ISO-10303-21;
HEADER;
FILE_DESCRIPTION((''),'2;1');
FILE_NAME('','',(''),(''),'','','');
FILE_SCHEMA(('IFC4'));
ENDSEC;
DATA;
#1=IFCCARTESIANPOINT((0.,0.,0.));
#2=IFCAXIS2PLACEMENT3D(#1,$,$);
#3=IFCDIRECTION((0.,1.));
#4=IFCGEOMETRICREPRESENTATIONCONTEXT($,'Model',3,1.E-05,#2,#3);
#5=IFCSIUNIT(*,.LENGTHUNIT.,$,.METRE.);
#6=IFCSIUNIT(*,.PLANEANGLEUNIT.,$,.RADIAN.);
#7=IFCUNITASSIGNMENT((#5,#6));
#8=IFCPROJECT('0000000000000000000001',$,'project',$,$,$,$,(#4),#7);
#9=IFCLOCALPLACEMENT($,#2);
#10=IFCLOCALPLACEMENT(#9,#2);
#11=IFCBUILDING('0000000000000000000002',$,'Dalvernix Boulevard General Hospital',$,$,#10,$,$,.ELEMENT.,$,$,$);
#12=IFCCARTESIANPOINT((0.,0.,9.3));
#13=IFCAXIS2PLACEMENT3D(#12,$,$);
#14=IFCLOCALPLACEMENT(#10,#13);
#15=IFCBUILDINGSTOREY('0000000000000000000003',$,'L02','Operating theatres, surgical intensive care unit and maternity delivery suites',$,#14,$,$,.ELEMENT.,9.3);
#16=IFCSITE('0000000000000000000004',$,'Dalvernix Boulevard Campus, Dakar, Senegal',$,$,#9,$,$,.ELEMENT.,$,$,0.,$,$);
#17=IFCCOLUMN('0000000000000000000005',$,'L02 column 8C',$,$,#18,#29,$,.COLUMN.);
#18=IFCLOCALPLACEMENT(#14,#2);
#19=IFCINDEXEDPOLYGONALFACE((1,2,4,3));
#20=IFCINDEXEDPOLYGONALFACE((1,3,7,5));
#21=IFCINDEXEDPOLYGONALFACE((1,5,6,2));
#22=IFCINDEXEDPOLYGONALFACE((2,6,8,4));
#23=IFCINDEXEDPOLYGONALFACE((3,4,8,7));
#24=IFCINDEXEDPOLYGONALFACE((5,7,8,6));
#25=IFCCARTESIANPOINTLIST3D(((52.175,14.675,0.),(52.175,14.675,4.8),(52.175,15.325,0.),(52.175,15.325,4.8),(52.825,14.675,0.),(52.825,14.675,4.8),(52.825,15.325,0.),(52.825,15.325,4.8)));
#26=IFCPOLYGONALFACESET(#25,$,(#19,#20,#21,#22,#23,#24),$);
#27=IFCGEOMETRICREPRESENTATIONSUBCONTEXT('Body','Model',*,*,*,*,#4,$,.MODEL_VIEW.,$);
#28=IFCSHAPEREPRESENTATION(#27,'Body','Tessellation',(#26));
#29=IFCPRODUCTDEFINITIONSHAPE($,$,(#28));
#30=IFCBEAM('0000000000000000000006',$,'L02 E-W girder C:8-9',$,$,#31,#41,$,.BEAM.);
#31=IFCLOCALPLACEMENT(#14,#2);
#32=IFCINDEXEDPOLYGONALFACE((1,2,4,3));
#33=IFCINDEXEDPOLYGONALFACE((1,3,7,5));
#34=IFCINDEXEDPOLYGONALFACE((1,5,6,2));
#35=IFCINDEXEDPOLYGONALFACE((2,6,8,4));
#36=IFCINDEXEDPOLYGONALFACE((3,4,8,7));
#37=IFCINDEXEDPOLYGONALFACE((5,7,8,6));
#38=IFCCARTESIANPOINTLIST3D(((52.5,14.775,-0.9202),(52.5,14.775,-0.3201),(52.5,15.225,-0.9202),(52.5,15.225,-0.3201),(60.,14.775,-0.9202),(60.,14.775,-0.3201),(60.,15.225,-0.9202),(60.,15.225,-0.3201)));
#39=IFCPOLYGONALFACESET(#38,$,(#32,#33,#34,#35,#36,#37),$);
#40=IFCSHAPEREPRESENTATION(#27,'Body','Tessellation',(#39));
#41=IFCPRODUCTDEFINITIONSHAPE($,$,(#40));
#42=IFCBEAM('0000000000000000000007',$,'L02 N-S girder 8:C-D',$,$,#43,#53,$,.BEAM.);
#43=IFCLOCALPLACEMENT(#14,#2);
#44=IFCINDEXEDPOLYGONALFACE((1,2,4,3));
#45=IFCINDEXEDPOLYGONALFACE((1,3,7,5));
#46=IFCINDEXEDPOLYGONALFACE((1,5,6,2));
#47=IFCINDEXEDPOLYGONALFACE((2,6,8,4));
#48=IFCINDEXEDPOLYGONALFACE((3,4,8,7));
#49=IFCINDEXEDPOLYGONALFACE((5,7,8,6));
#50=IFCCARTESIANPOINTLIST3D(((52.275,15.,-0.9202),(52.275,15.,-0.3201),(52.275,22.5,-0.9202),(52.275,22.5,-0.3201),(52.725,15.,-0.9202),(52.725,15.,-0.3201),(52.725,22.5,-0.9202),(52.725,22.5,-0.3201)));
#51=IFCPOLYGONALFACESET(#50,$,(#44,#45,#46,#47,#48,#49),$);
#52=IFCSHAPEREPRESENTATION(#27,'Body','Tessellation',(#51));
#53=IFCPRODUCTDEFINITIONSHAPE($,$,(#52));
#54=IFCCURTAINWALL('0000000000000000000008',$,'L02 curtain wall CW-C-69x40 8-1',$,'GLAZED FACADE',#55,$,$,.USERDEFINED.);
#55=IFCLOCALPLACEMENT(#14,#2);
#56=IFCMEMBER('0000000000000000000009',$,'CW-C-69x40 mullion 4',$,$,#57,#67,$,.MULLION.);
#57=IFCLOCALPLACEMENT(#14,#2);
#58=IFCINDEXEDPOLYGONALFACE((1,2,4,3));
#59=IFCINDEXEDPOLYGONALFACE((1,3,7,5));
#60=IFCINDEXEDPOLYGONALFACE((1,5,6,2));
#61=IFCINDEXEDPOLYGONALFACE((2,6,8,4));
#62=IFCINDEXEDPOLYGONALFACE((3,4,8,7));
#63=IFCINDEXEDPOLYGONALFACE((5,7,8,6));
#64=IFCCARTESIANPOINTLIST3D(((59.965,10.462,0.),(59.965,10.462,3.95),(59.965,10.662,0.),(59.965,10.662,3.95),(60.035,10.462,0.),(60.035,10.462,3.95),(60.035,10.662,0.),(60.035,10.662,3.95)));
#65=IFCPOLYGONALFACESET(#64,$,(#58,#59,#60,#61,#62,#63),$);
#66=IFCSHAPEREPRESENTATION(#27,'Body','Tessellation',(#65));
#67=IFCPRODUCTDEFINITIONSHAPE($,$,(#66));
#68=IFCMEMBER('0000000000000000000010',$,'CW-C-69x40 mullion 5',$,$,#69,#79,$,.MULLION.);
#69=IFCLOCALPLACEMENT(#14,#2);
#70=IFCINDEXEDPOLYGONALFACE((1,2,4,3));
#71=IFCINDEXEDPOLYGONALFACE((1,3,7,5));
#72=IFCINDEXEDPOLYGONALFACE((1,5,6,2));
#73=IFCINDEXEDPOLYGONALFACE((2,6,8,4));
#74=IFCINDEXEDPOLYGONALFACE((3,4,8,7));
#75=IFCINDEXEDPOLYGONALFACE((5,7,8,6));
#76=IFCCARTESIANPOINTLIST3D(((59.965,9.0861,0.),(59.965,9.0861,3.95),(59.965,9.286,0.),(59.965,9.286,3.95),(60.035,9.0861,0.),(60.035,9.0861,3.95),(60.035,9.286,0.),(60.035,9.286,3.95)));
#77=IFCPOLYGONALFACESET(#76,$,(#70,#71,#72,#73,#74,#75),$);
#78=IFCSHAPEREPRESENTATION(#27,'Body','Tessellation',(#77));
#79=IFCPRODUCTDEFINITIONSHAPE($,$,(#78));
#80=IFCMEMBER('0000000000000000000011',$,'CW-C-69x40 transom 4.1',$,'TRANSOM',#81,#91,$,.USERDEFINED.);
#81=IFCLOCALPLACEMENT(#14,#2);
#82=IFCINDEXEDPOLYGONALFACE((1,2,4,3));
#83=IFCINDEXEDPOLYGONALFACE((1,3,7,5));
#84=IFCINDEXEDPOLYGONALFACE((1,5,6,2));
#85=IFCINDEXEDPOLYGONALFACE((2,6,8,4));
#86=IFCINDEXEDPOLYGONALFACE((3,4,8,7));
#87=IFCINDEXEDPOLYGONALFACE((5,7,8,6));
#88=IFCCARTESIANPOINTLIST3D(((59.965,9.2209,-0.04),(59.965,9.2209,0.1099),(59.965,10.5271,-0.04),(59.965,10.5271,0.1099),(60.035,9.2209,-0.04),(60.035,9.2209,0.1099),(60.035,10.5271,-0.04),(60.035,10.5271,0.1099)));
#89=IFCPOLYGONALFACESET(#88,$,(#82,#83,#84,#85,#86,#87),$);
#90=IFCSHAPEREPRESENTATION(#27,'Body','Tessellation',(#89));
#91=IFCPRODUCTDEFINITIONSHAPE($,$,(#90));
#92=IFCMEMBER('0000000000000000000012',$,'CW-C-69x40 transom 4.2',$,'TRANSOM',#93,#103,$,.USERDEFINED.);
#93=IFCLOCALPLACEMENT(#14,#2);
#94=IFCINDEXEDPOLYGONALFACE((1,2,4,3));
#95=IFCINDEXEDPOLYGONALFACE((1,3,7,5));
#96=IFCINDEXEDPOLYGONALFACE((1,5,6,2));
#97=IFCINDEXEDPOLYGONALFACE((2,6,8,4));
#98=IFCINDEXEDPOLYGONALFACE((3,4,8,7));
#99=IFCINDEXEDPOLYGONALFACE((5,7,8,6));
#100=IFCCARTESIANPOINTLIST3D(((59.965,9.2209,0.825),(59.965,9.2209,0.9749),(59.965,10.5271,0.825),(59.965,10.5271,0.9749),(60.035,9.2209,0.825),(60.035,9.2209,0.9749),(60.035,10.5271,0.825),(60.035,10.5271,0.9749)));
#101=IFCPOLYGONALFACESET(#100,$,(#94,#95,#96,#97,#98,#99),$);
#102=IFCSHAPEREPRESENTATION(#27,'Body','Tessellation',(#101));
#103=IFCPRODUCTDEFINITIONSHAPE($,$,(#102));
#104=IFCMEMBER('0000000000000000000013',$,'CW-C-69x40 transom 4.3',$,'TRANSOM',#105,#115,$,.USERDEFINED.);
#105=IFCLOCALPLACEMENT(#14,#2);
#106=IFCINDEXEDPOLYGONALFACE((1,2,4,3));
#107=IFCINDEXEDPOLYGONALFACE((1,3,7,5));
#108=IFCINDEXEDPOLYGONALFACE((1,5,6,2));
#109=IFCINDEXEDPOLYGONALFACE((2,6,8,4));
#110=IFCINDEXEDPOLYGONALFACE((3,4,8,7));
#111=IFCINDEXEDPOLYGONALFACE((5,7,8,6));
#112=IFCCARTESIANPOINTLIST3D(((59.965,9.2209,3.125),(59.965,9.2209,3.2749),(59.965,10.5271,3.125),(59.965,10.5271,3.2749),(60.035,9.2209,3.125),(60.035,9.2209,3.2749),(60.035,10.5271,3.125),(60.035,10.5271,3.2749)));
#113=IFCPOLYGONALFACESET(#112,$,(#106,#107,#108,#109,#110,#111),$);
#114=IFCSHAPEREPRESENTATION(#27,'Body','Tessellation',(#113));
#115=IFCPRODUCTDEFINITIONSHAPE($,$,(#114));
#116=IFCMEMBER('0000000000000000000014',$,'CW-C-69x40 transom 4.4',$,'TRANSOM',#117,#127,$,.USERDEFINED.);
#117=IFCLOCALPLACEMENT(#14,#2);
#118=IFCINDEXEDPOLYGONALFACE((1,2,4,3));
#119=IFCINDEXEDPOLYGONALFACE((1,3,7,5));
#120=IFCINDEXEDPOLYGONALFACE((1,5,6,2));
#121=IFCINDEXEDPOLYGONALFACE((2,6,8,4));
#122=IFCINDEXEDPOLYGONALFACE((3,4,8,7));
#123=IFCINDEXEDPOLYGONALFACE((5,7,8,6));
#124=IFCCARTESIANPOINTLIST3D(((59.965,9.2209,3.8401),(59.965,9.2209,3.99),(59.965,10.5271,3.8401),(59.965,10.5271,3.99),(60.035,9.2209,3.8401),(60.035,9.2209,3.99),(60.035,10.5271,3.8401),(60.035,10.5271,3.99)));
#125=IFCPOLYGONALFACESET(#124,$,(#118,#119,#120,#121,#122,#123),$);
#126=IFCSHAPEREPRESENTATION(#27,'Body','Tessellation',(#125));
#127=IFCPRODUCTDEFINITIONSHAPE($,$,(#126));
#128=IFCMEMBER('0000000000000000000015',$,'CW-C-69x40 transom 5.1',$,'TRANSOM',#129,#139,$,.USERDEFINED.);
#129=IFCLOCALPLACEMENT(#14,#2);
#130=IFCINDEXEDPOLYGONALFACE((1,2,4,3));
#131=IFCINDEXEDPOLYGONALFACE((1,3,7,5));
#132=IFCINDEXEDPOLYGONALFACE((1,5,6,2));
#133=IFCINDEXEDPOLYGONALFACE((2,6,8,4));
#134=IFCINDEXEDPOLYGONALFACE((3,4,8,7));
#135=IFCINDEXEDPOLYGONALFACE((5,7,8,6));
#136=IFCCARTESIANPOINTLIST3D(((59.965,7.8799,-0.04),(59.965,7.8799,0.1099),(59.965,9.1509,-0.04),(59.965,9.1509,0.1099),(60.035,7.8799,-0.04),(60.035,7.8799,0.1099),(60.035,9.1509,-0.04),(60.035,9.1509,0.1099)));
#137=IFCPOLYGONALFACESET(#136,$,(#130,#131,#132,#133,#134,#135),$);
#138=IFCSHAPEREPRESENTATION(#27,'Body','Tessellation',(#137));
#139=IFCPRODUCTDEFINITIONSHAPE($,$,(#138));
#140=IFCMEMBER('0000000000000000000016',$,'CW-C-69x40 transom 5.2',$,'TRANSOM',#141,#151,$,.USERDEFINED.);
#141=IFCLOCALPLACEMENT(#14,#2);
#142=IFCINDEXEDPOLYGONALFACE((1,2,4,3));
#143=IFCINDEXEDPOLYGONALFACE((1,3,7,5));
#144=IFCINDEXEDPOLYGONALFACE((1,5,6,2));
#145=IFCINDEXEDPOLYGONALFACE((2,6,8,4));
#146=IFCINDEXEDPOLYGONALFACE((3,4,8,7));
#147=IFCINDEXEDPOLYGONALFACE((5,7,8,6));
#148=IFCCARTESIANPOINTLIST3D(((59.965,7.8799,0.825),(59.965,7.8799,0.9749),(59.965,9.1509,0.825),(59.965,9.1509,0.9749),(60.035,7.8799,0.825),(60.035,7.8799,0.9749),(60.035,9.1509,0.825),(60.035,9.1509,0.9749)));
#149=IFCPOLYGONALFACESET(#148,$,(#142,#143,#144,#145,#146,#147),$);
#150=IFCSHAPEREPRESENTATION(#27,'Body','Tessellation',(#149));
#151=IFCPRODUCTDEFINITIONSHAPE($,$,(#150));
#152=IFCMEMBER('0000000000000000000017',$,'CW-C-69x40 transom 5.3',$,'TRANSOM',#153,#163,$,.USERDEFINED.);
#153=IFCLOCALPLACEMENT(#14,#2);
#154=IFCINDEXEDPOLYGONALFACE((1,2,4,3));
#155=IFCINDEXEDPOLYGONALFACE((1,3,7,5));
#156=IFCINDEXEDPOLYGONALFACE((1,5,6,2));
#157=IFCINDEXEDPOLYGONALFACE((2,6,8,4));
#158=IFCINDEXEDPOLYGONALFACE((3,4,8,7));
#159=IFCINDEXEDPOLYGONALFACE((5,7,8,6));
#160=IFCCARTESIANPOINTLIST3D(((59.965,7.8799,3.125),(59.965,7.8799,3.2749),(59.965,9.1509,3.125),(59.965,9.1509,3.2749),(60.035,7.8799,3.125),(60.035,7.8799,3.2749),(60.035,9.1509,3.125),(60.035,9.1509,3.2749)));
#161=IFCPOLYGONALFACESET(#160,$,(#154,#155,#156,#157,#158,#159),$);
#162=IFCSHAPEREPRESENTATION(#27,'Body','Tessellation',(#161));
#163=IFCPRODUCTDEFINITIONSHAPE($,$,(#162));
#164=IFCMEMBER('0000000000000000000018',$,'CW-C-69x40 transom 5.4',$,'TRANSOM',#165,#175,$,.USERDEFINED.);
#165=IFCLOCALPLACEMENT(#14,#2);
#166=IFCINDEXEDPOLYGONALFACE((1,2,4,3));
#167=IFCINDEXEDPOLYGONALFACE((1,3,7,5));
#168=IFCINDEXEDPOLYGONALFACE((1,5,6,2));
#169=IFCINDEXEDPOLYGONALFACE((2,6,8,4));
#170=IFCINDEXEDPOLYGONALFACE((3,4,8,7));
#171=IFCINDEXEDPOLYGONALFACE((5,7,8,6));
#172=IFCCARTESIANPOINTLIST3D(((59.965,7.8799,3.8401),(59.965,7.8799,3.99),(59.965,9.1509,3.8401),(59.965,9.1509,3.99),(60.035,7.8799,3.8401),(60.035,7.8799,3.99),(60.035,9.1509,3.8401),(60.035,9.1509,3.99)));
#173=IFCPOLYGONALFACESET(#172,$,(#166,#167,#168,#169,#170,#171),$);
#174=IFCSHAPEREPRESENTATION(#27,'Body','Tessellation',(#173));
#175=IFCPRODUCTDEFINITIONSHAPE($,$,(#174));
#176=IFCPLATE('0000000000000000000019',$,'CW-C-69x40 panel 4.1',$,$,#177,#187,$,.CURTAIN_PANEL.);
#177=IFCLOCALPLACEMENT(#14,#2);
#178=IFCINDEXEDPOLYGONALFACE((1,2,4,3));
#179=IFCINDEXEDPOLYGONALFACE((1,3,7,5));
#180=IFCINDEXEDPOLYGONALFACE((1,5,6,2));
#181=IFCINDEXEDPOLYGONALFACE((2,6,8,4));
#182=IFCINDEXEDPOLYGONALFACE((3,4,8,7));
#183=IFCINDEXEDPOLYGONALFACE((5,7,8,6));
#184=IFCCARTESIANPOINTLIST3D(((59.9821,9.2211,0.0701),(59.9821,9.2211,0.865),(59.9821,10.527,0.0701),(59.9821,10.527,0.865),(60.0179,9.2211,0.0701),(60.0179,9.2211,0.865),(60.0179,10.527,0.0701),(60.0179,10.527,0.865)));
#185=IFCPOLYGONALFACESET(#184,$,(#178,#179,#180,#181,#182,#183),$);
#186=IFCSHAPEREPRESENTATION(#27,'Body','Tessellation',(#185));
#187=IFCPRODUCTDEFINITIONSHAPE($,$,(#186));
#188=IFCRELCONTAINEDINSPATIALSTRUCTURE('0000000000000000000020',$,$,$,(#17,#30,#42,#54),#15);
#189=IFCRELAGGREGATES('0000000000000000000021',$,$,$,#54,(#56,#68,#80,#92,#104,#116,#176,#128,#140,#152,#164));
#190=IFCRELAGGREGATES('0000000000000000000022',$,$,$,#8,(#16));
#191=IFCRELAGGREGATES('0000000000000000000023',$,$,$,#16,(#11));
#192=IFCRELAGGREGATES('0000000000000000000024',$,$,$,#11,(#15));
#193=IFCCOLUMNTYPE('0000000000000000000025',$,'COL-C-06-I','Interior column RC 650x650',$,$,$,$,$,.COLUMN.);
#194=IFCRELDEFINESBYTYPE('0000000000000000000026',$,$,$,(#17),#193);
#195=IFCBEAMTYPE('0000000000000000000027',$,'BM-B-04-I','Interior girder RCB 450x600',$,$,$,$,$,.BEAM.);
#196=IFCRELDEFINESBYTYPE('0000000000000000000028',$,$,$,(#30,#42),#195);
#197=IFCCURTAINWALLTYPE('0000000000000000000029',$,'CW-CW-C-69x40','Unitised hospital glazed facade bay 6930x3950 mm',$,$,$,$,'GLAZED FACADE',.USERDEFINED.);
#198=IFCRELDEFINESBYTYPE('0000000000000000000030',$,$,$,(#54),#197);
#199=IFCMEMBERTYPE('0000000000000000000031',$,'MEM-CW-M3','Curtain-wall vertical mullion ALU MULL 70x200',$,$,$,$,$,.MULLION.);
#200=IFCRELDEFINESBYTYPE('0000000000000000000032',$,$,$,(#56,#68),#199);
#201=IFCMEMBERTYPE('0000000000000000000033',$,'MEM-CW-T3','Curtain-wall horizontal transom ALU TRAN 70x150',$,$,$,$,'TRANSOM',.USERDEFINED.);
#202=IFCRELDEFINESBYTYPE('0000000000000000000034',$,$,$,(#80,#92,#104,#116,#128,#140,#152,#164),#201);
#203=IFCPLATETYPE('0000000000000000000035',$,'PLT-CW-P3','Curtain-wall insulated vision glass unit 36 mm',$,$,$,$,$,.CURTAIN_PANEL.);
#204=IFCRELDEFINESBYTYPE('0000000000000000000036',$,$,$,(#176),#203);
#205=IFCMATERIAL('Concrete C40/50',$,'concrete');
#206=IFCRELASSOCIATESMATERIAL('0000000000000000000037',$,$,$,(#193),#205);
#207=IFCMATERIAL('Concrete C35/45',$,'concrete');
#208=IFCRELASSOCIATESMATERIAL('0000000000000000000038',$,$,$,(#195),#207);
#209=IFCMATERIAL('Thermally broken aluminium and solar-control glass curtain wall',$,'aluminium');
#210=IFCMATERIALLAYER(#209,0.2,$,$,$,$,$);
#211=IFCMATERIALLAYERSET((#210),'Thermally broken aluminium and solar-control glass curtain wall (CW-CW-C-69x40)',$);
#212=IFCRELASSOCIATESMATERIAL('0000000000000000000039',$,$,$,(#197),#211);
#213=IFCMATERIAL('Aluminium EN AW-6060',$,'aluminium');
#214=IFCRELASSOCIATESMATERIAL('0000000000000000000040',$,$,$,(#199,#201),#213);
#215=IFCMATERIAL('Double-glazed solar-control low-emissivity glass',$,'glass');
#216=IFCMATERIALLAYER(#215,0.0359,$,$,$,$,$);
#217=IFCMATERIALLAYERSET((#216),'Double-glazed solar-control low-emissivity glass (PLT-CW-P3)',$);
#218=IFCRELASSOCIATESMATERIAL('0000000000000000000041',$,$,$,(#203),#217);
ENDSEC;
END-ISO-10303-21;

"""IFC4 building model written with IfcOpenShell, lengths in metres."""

from ifc_helpers import new_model, si_unit, direction, frame, origin, origin_2d, place, context, subcontext, project, spatial, rectangle, extrude, material, layer, layer_set, material_profile, profile_set, type_object, element, aggregate, save


model = new_model("IFC4")

# Units and contexts
model_context = context("Model", 3, precision=1e-05, world=origin(), true_north=direction((0.0, 1.0)))
body_context = subcontext(model_context, "Body", "Model", "MODEL_VIEW")
ifc_project = project(units=[si_unit("LENGTHUNIT", "METRE"), si_unit("PLANEANGLEUNIT", "RADIAN")], contexts=[model_context])

# Site, building, storey
site_placement = place(None, origin())
site = spatial("IfcSite", under=ifc_project, at=site_placement, Name="Dalvernix Boulevard Campus, Dakar, Senegal", CompositionType="ELEMENT", RefElevation=0.0)
building_placement = place(site_placement, origin())
building = spatial("IfcBuilding", under=site, at=building_placement, Name="Dalvernix Boulevard General Hospital", CompositionType="ELEMENT")
storey_placement = place(building_placement, frame((0.0, 0.0, 9.3)))
storey = spatial("IfcBuildingStorey", under=building, at=storey_placement, Name="L02", Description="Operating theatres, surgical intensive care unit and maternity delivery suites", CompositionType="ELEMENT", Elevation=9.3)

# Column
ifc_material_1 = material(Name="Concrete C40/50", Category="concrete")
ifc_material_profile_1 = material_profile(ifc_material_1, rectangle(XDim=0.6499, YDim=0.6499, at=origin_2d()), Name="RC 650x650")
ifc_profile_set_1 = profile_set([ifc_material_profile_1], Name="Concrete C40/50")
column_type = type_object("IfcColumnType", Name="COL-C-06-I", Description="Interior column RC 650x650", PredefinedType="COLUMN", material=ifc_profile_set_1)
column_placement = place(storey_placement, frame((52.5, 15.0, 0.0), z_axis=(0.0, 0.0, 1.0), x_axis=(1.0, 0.0, 0.0)))
element("IfcColumn", 1, at=column_placement, inside=storey, type_object=column_type, Name="L02 column 8C", PredefinedType="COLUMN", context=body_context, shape_type="SweptSolid", body=[
    extrude(rectangle(XDim=0.6499, YDim=0.6499, at=origin_2d()), origin(), (0.0, 0.0, 1.0), 4.8),
])

# Beams
ifc_material_2 = material(Name="Concrete C35/45", Category="concrete")
ifc_material_profile_2 = material_profile(ifc_material_2, rectangle(XDim=0.45, YDim=0.6001, at=origin_2d()), Name="RCB 450x600")
ifc_profile_set_2 = profile_set([ifc_material_profile_2], Name="Concrete C35/45")
beam_type = type_object("IfcBeamType", Name="BM-B-04-I", Description="Interior girder RCB 450x600", PredefinedType="BEAM", material=ifc_profile_set_2)
for number, where, z_axis, x_axis, name in (
    (2, (52.5, 15.0, -0.6201), (1.0, 0.0, 0.0), (0.0, 1.0, 0.0), "L02 E-W girder C:8-9"),
    (3, (52.5, 15.0, -0.6201), (0.0, 1.0, 0.0), (-1.0, 0.0, 0.0), "L02 N-S girder 8:C-D"),
):
    element("IfcBeam", number, at=place(storey_placement, frame(where, z_axis=z_axis, x_axis=x_axis)), inside=storey, type_object=beam_type, Name=name, PredefinedType="BEAM", context=body_context, shape_type="SweptSolid", body=[
        extrude(rectangle(XDim=0.45, YDim=0.6001, at=origin_2d()), origin(), (0.0, 0.0, 1.0), 7.5),
    ])

# Curtain wall, members, plate
ifc_material_3 = material(Name="Thermally broken aluminium and solar-control glass curtain wall", Category="aluminium")
ifc_layer_1 = layer(ifc_material_3, 0.2)
ifc_layer_set_1 = layer_set([ifc_layer_1], Name="Thermally broken aluminium and solar-control glass curtain wall (CW-CW-C-69x40)")
curtain_wall_type = type_object("IfcCurtainWallType", Name="CW-CW-C-69x40", Description="Unitised hospital glazed facade bay 6930x3950 mm", ElementType="GLAZED FACADE", PredefinedType="USERDEFINED", material=ifc_layer_set_1)
curtain_wall_placement = place(storey_placement, origin())
curtain_wall = element("IfcCurtainWall", 4, at=curtain_wall_placement, inside=storey, type_object=curtain_wall_type, Name="L02 curtain wall CW-C-69x40 8-1", ObjectType="GLAZED FACADE", PredefinedType="USERDEFINED")
ifc_material_4 = material(Name="Aluminium EN AW-6060", Category="aluminium")
ifc_material_profile_3 = material_profile(ifc_material_4, rectangle(XDim=0.0701, YDim=0.2, at=origin_2d()), Name="ALU MULL 70x200")
ifc_profile_set_3 = profile_set([ifc_material_profile_3], Name="Aluminium EN AW-6060")
member_type_1 = type_object("IfcMemberType", Name="MEM-CW-M3", Description="Curtain-wall vertical mullion ALU MULL 70x200", PredefinedType="MULLION", material=ifc_profile_set_3)
member_1_placement = place(storey_placement, frame((60.0, 10.562, 0.0), z_axis=(0.0, 0.0, 1.0), x_axis=(1.0, 0.0, 0.0)))
member_1 = element("IfcMember", 5, at=member_1_placement, type_object=member_type_1, Name="CW-C-69x40 mullion 4", PredefinedType="MULLION", context=body_context, shape_type="SweptSolid", body=[
    extrude(rectangle(XDim=0.0701, YDim=0.2, at=origin_2d()), origin(), (0.0, 0.0, 1.0), 3.95),
])
member_2_placement = place(storey_placement, frame((60.0, 9.186, 0.0), z_axis=(0.0, 0.0, 1.0), x_axis=(1.0, 0.0, 0.0)))
member_2 = element("IfcMember", 6, at=member_2_placement, type_object=member_type_1, Name="CW-C-69x40 mullion 5", PredefinedType="MULLION", context=body_context, shape_type="SweptSolid", body=[
    extrude(rectangle(XDim=0.0701, YDim=0.2, at=origin_2d()), origin(), (0.0, 0.0, 1.0), 3.95),
])
ifc_material_profile_4 = material_profile(ifc_material_4, rectangle(XDim=0.0701, YDim=0.1499, at=origin_2d()), Name="ALU TRAN 70x150")
ifc_profile_set_4 = profile_set([ifc_material_profile_4], Name="Aluminium EN AW-6060")
member_type_2 = type_object("IfcMemberType", Name="MEM-CW-T3", Description="Curtain-wall horizontal transom ALU TRAN 70x150", ElementType="TRANSOM", PredefinedType="USERDEFINED", material=ifc_profile_set_4)
member_3_placement = place(storey_placement, frame((60.0, 10.5271, 0.0349), z_axis=(0.0, -1.0, 0.0), x_axis=(1.0, 0.0, 0.0)))
member_3 = element("IfcMember", 7, at=member_3_placement, type_object=member_type_2, Name="CW-C-69x40 transom 4.1", ObjectType="TRANSOM", PredefinedType="USERDEFINED", context=body_context, shape_type="SweptSolid", body=[
    extrude(rectangle(XDim=0.0701, YDim=0.1499, at=origin_2d()), origin(), (0.0, 0.0, 1.0), 1.3062),
])
member_4_placement = place(storey_placement, frame((60.0, 10.5271, 0.8999), z_axis=(0.0, -1.0, 0.0), x_axis=(1.0, 0.0, 0.0)))
member_4 = element("IfcMember", 8, at=member_4_placement, type_object=member_type_2, Name="CW-C-69x40 transom 4.2", ObjectType="TRANSOM", PredefinedType="USERDEFINED", context=body_context, shape_type="SweptSolid", body=[
    extrude(rectangle(XDim=0.0701, YDim=0.1499, at=origin_2d()), origin(), (0.0, 0.0, 1.0), 1.3062),
])
member_5_placement = place(storey_placement, frame((60.0, 10.5271, 3.2), z_axis=(0.0, -1.0, 0.0), x_axis=(1.0, 0.0, 0.0)))
member_5 = element("IfcMember", 9, at=member_5_placement, type_object=member_type_2, Name="CW-C-69x40 transom 4.3", ObjectType="TRANSOM", PredefinedType="USERDEFINED", context=body_context, shape_type="SweptSolid", body=[
    extrude(rectangle(XDim=0.0701, YDim=0.1499, at=origin_2d()), origin(), (0.0, 0.0, 1.0), 1.3062),
])
member_6_placement = place(storey_placement, frame((60.0, 10.5271, 3.915), z_axis=(0.0, -1.0, 0.0), x_axis=(1.0, 0.0, 0.0)))
member_6 = element("IfcMember", 10, at=member_6_placement, type_object=member_type_2, Name="CW-C-69x40 transom 4.4", ObjectType="TRANSOM", PredefinedType="USERDEFINED", context=body_context, shape_type="SweptSolid", body=[
    extrude(rectangle(XDim=0.0701, YDim=0.1499, at=origin_2d()), origin(), (0.0, 0.0, 1.0), 1.3062),
])
member_7_placement = place(storey_placement, frame((60.0, 9.1509, 0.0349), z_axis=(0.0, -1.0, 0.0), x_axis=(1.0, 0.0, 0.0)))
member_7 = element("IfcMember", 11, at=member_7_placement, type_object=member_type_2, Name="CW-C-69x40 transom 5.1", ObjectType="TRANSOM", PredefinedType="USERDEFINED", context=body_context, shape_type="SweptSolid", body=[
    extrude(rectangle(XDim=0.0701, YDim=0.1499, at=origin_2d()), origin(), (0.0, 0.0, 1.0), 1.271),
])
member_8_placement = place(storey_placement, frame((60.0, 9.1509, 0.8999), z_axis=(0.0, -1.0, 0.0), x_axis=(1.0, 0.0, 0.0)))
member_8 = element("IfcMember", 12, at=member_8_placement, type_object=member_type_2, Name="CW-C-69x40 transom 5.2", ObjectType="TRANSOM", PredefinedType="USERDEFINED", context=body_context, shape_type="SweptSolid", body=[
    extrude(rectangle(XDim=0.0701, YDim=0.1499, at=origin_2d()), origin(), (0.0, 0.0, 1.0), 1.271),
])
member_9_placement = place(storey_placement, frame((60.0, 9.1509, 3.2), z_axis=(0.0, -1.0, 0.0), x_axis=(1.0, 0.0, 0.0)))
member_9 = element("IfcMember", 13, at=member_9_placement, type_object=member_type_2, Name="CW-C-69x40 transom 5.3", ObjectType="TRANSOM", PredefinedType="USERDEFINED", context=body_context, shape_type="SweptSolid", body=[
    extrude(rectangle(XDim=0.0701, YDim=0.1499, at=origin_2d()), origin(), (0.0, 0.0, 1.0), 1.271),
])
member_10_placement = place(storey_placement, frame((60.0, 9.1509, 3.915), z_axis=(0.0, -1.0, 0.0), x_axis=(1.0, 0.0, 0.0)))
member_10 = element("IfcMember", 14, at=member_10_placement, type_object=member_type_2, Name="CW-C-69x40 transom 5.4", ObjectType="TRANSOM", PredefinedType="USERDEFINED", context=body_context, shape_type="SweptSolid", body=[
    extrude(rectangle(XDim=0.0701, YDim=0.1499, at=origin_2d()), origin(), (0.0, 0.0, 1.0), 1.271),
])
ifc_material_5 = material(Name="Double-glazed solar-control low-emissivity glass", Category="glass")
ifc_layer_2 = layer(ifc_material_5, 0.0359)
ifc_layer_set_2 = layer_set([ifc_layer_2], Name="Double-glazed solar-control low-emissivity glass (PLT-CW-P3)")
plate_type = type_object("IfcPlateType", Name="PLT-CW-P3", Description="Curtain-wall insulated vision glass unit 36 mm", PredefinedType="CURTAIN_PANEL", material=ifc_layer_set_2)
plate_1_placement = place(storey_placement, frame((60.0, 9.874, 0.0701), z_axis=(0.0, 0.0, 1.0), x_axis=(0.0, -1.0, 0.0)))
plate_1 = element("IfcPlate", 15, at=plate_1_placement, type_object=plate_type, Name="CW-C-69x40 panel 4.1", PredefinedType="CURTAIN_PANEL", context=body_context, shape_type="SweptSolid", body=[
    extrude(rectangle(XDim=1.3059, YDim=0.0359, at=origin_2d()), origin(), (0.0, 0.0, 1.0), 0.7949),
])
aggregate(curtain_wall, [member_1, member_2, member_3, member_4, member_5, member_6, plate_1, member_7, member_8, member_9, member_10])

save(model, "model.ifc")
